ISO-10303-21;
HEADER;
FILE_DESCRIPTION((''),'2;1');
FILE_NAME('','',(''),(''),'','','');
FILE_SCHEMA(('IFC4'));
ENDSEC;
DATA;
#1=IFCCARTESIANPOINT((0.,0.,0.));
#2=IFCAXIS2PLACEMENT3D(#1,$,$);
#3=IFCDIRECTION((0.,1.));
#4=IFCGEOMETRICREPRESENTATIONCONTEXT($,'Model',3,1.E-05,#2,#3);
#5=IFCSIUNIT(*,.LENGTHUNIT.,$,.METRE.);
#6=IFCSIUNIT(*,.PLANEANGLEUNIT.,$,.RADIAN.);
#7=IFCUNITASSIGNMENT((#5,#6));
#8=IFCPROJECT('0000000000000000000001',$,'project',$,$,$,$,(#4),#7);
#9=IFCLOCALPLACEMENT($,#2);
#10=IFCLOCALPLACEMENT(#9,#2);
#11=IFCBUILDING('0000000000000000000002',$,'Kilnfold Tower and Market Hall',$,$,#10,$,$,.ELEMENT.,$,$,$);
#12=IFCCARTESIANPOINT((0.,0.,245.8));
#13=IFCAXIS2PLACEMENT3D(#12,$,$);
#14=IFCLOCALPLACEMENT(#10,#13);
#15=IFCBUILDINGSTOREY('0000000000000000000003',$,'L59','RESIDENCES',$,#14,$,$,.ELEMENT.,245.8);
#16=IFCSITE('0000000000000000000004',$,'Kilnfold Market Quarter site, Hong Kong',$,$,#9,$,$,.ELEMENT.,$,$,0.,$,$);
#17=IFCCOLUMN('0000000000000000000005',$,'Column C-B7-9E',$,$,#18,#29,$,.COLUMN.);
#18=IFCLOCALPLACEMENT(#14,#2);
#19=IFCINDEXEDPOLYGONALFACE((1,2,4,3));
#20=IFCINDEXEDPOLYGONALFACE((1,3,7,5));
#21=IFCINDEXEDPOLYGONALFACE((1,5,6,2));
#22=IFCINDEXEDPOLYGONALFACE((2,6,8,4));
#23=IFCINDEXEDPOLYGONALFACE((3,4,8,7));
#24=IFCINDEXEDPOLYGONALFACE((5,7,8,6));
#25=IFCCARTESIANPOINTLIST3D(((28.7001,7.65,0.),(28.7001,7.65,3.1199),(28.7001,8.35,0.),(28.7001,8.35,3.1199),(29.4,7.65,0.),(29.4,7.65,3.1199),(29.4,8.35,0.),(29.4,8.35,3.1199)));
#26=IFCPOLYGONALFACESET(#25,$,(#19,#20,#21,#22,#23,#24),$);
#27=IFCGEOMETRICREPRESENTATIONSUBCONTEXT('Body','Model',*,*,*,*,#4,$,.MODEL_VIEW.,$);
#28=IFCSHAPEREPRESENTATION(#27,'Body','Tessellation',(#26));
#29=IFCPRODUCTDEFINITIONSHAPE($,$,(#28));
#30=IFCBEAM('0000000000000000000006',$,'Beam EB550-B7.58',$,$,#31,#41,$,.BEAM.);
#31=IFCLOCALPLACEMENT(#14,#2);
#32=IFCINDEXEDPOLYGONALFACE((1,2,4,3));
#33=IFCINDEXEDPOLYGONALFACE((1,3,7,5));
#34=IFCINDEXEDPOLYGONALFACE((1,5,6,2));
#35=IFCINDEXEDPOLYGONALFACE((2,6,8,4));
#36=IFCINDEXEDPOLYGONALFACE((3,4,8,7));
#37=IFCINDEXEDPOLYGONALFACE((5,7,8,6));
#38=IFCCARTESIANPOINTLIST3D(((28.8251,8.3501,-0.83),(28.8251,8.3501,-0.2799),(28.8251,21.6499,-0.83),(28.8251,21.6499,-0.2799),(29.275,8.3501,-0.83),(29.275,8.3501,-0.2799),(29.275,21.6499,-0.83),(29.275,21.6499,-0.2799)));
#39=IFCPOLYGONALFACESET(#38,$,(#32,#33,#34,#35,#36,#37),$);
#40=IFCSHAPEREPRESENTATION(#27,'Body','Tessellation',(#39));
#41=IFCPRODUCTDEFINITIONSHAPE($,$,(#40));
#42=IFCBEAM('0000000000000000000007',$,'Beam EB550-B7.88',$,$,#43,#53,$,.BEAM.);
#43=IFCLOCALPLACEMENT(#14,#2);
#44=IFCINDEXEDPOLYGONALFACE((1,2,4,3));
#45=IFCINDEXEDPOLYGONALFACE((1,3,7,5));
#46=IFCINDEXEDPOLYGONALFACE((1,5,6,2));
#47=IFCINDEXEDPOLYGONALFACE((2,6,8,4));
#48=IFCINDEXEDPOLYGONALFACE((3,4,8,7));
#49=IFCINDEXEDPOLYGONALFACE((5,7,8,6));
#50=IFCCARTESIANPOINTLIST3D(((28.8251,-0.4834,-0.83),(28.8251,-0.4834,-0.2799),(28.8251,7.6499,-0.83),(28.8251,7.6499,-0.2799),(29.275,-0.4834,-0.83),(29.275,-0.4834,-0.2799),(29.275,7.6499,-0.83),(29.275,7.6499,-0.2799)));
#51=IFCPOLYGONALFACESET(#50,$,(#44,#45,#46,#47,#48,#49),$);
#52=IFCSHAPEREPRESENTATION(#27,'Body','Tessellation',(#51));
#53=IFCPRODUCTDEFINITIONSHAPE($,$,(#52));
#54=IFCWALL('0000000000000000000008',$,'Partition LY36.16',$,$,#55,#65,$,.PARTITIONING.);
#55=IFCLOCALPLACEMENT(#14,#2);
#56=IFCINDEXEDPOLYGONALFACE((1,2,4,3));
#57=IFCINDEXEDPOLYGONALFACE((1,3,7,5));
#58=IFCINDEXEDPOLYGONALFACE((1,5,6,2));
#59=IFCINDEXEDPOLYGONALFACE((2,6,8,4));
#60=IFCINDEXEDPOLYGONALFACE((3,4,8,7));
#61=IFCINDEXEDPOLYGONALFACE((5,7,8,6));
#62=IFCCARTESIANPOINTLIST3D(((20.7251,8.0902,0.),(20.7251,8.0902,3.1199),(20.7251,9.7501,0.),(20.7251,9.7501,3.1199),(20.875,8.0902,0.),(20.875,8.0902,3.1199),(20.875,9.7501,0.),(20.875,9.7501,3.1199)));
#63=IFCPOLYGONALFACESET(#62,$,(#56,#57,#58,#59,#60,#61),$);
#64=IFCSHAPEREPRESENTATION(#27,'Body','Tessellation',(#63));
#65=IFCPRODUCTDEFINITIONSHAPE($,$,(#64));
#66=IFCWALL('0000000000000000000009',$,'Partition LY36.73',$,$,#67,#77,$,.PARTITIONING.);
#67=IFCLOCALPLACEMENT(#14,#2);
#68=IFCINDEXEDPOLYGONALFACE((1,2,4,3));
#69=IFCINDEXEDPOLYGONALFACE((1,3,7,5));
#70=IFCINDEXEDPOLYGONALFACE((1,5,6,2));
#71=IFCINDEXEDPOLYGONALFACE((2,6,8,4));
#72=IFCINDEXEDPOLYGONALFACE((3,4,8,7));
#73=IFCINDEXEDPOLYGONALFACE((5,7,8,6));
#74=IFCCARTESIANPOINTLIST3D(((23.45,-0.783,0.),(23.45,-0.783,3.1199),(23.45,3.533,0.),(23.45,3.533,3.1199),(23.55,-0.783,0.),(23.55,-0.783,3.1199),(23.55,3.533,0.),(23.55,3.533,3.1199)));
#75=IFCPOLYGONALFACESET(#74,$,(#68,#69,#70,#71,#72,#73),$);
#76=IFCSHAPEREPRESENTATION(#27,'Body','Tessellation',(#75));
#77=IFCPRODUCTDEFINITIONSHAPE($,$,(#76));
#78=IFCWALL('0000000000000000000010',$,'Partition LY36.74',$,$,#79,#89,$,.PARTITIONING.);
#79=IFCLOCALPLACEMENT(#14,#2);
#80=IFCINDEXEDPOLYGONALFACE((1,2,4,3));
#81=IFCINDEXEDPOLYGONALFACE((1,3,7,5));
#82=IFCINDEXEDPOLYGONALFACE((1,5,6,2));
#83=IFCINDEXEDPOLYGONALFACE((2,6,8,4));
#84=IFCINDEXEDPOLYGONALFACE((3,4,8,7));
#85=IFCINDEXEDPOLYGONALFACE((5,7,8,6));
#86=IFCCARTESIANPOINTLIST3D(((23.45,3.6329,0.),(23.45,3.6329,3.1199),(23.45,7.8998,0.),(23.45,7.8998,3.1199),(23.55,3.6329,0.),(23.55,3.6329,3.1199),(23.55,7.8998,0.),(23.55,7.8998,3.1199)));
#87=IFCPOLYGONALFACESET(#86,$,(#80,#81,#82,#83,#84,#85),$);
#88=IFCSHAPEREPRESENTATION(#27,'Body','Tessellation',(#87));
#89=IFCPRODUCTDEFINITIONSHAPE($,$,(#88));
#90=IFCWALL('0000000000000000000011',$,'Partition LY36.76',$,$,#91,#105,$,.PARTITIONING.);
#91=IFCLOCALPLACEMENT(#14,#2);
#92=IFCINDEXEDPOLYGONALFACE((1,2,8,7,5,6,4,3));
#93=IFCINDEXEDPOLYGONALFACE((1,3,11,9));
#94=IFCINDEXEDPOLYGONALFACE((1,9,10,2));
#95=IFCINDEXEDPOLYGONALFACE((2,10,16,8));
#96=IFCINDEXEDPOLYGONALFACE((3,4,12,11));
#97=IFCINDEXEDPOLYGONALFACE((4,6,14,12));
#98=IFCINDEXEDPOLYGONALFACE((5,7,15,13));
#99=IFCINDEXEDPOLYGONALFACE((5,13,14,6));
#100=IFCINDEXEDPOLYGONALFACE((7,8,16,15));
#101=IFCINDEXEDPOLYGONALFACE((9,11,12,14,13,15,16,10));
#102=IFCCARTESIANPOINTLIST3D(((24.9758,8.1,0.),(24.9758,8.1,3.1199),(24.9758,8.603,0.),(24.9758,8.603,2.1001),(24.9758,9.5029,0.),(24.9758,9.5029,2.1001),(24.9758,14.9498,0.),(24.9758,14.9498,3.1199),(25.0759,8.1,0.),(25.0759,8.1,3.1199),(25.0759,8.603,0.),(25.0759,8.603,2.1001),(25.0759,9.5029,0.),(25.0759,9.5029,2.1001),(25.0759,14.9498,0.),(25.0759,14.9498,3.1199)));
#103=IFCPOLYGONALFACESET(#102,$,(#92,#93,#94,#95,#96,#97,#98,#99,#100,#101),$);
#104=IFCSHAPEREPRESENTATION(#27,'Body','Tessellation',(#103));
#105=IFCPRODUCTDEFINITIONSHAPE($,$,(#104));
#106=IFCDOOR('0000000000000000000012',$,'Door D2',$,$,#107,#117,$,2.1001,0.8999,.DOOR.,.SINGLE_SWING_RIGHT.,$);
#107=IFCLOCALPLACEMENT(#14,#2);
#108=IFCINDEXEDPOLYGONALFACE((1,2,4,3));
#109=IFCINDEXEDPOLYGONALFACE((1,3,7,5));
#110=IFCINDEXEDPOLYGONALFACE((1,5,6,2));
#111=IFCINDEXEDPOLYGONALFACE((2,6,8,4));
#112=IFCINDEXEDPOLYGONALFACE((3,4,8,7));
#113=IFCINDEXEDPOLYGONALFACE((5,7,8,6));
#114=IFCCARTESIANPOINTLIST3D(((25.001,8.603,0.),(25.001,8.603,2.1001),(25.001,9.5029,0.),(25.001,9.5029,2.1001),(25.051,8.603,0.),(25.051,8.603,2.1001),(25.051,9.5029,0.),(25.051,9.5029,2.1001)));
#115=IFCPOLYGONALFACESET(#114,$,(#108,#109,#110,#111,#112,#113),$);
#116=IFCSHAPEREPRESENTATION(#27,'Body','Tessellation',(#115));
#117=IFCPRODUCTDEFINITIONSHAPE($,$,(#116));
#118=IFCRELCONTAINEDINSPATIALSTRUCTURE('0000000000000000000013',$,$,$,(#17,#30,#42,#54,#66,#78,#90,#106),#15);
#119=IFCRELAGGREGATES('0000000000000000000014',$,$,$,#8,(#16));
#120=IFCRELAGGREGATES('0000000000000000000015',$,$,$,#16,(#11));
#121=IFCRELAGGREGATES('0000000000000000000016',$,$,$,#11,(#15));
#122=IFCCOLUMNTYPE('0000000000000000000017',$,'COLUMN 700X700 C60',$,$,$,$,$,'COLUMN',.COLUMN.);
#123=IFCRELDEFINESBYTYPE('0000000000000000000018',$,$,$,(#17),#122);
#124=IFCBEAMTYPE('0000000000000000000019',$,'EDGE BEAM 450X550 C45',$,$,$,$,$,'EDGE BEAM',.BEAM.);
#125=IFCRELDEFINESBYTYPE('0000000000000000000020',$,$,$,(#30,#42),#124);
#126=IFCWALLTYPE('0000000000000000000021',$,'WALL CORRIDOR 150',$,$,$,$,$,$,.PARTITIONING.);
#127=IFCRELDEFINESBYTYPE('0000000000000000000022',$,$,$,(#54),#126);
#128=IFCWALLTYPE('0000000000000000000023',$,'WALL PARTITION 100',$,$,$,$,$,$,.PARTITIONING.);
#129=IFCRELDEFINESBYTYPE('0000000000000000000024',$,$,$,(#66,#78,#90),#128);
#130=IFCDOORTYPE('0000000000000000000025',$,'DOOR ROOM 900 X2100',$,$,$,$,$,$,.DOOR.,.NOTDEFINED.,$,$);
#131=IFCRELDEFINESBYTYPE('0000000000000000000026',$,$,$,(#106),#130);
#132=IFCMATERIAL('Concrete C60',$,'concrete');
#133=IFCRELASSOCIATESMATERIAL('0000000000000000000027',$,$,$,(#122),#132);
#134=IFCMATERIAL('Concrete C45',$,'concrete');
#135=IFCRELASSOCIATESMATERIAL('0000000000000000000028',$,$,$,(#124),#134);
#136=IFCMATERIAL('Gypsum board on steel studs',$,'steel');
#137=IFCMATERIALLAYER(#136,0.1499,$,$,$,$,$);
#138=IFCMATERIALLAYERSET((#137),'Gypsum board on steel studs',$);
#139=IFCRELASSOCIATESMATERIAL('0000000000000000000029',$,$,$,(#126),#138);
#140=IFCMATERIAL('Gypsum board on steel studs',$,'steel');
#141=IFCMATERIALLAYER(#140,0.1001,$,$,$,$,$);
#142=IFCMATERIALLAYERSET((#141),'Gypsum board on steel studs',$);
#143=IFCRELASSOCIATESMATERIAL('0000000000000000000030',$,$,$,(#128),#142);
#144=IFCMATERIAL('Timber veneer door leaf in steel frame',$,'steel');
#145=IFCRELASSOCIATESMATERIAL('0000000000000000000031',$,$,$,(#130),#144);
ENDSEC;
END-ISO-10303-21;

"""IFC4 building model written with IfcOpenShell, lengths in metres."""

from ifc_helpers import new_model, si_unit, direction, frame, frame_2d, origin, origin_2d, place, context, subcontext, project, spatial, rectangle, extrude, source, transform, mapped, material, layer, layer_set, material_profile, profile_set, type_object, element, fill, save


model = new_model("IFC4")

# Units and contexts
model_context = context("Model", 3, precision=1e-05, world=origin(), true_north=direction((0.0, 1.0)))
body_context = subcontext(model_context, "Body", "Model", "MODEL_VIEW")
ifc_project = project(units=[si_unit("LENGTHUNIT", "METRE"), si_unit("PLANEANGLEUNIT", "RADIAN")], contexts=[model_context])

# Site, building, storey
site_placement = place(None, origin())
site = spatial("IfcSite", under=ifc_project, at=site_placement, Name="Kilnfold Market Quarter site, Hong Kong", CompositionType="ELEMENT", RefElevation=0.0)
building_placement = place(site_placement, origin())
building = spatial("IfcBuilding", under=site, at=building_placement, Name="Kilnfold Tower and Market Hall", CompositionType="ELEMENT")
storey_placement = place(building_placement, frame((0.0, 0.0, 245.8)))
storey = spatial("IfcBuildingStorey", under=building, at=storey_placement, Name="L59", Description="RESIDENCES", CompositionType="ELEMENT", Elevation=245.8)

# Column
ifc_material_1 = material(Name="Concrete C60", Category="concrete")
ifc_material_profile_1 = material_profile(ifc_material_1, rectangle(XDim=0.7, YDim=0.7, at=origin_2d()), Name="RC 700x700")
ifc_profile_set_1 = profile_set([ifc_material_profile_1], Name="Concrete C60")
column_type = type_object("IfcColumnType", Name="COLUMN 700X700 C60", ElementType="COLUMN", PredefinedType="COLUMN", material=ifc_profile_set_1)
shared_shape_1 = source(origin(), body_context, "Body", "SweptSolid", [
    extrude(rectangle(XDim=0.7, YDim=0.7, at=origin_2d()), origin(), (0.0, 0.0, 1.0), 3.1199),
])
column_placement = place(storey_placement, frame((29.05, 8.0, 0.0), z_axis=(0.0, 0.0, 1.0), x_axis=(1.0, 0.0, 0.0)))
element("IfcColumn", 1, at=column_placement, inside=storey, type_object=column_type, Name="Column C-B7-9E", PredefinedType="COLUMN", context=body_context, shape_type="MappedRepresentation", body=[
    mapped(shared_shape_1, transform((0.0, 0.0, 0.0))),
])

# Beams
ifc_material_2 = material(Name="Concrete C45", Category="concrete")
ifc_material_profile_2 = material_profile(ifc_material_2, rectangle(XDim=0.45, YDim=0.55, at=origin_2d()), Name="RC 450x550")
ifc_profile_set_2 = profile_set([ifc_material_profile_2], Name="Concrete C45")
beam_type = type_object("IfcBeamType", Name="EDGE BEAM 450X550 C45", ElementType="EDGE BEAM", PredefinedType="BEAM", material=ifc_profile_set_2)
shared_shape_2 = source(origin(), body_context, "Body", "SweptSolid", [
    extrude(rectangle(XDim=0.45, YDim=0.55, at=origin_2d()), origin(), (0.0, 0.0, 1.0), 13.2998),
])
beam_1_placement = place(storey_placement, frame((29.05, 8.3501, -0.5549), z_axis=(0.0, 1.0, 0.0), x_axis=(-1.0, 0.0, 0.0)))
element("IfcBeam", 2, at=beam_1_placement, inside=storey, type_object=beam_type, Name="Beam EB550-B7.58", PredefinedType="BEAM", context=body_context, shape_type="MappedRepresentation", body=[
    mapped(shared_shape_2, transform((0.0, 0.0, 0.0))),
])
shared_shape_3 = source(origin(), body_context, "Body", "SweptSolid", [
    extrude(rectangle(XDim=0.45, YDim=0.55, at=origin_2d()), origin(), (0.0, 0.0, 1.0), 8.1333),
])
beam_2_placement = place(storey_placement, frame((29.05, -0.4834, -0.5549), z_axis=(0.0, 1.0, 0.0), x_axis=(-1.0, 0.0, 0.0)))
element("IfcBeam", 3, at=beam_2_placement, inside=storey, type_object=beam_type, Name="Beam EB550-B7.88", PredefinedType="BEAM", context=body_context, shape_type="MappedRepresentation", body=[
    mapped(shared_shape_3, transform((0.0, 0.0, 0.0))),
])

# Walls
ifc_material_3 = material(Name="Gypsum board on steel studs", Category="steel")
ifc_layer_1 = layer(ifc_material_3, 0.1499)
ifc_layer_set_1 = layer_set([ifc_layer_1], Name="Gypsum board on steel studs")
wall_type_1 = type_object("IfcWallType", Name="WALL CORRIDOR 150", PredefinedType="PARTITIONING", material=ifc_layer_set_1)
wall_1_placement = place(storey_placement, frame((20.8, 8.0901, 0.0), z_axis=(0.0, 0.0, 1.0), x_axis=(0.0, 1.0, 0.0)))
element("IfcWall", 4, at=wall_1_placement, inside=storey, type_object=wall_type_1, Name="Partition LY36.16", PredefinedType="PARTITIONING", context=body_context, shape_type="SweptSolid", body=[
    extrude(rectangle(XDim=1.6599, YDim=0.1499, at=frame_2d((0.8301, 0.0))), origin(), (0.0, 0.0, 1.0), 3.1199),
])
ifc_material_4 = material(Name="Gypsum board on steel studs", Category="steel")
ifc_layer_2 = layer(ifc_material_4, 0.1001)
ifc_layer_set_2 = layer_set([ifc_layer_2], Name="Gypsum board on steel studs")
wall_type_2 = type_object("IfcWallType", Name="WALL PARTITION 100", PredefinedType="PARTITIONING", material=ifc_layer_set_2)
wall_2_placement = place(storey_placement, frame((23.5, -0.783, 0.0), z_axis=(0.0, 0.0, 1.0), x_axis=(0.0, 1.0, 0.0)))
element("IfcWall", 5, at=wall_2_placement, inside=storey, type_object=wall_type_2, Name="Partition LY36.73", PredefinedType="PARTITIONING", context=body_context, shape_type="SweptSolid", body=[
    extrude(rectangle(XDim=4.3159, YDim=0.1001, at=frame_2d((2.158, 0.0))), origin(), (0.0, 0.0, 1.0), 3.1199),
])
wall_3_placement = place(storey_placement, frame((23.5, 3.6331, 0.0), z_axis=(0.0, 0.0, 1.0), x_axis=(0.0, 1.0, 0.0)))
element("IfcWall", 6, at=wall_3_placement, inside=storey, type_object=wall_type_2, Name="Partition LY36.74", PredefinedType="PARTITIONING", context=body_context, shape_type="SweptSolid", body=[
    extrude(rectangle(XDim=4.2668, YDim=0.1001, at=frame_2d((2.1333, 0.0))), origin(), (0.0, 0.0, 1.0), 3.1199),
])

# Wall, opening, door
wall_4_placement = place(storey_placement, frame((25.0259, 8.1001, 0.0), z_axis=(0.0, 0.0, 1.0), x_axis=(0.0, 1.0, 0.0)))
wall_4 = element("IfcWall", 7, at=wall_4_placement, inside=storey, type_object=wall_type_2, Name="Partition LY36.76", PredefinedType="PARTITIONING", context=body_context, shape_type="SweptSolid", body=[
    extrude(rectangle(XDim=6.8499, YDim=0.1001, at=frame_2d((3.4248, 0.0))), origin(), (0.0, 0.0, 1.0), 3.1199),
])
opening_1_placement = place(wall_4_placement, frame((0.5029, 0.0, 0.0)))
opening_1 = element("IfcOpeningElement", 8, at=opening_1_placement, cuts=wall_4, PredefinedType="OPENING", context=body_context, shape_type="SweptSolid", body=[
    extrude(rectangle(XDim=0.8999, YDim=2.1001, at=frame_2d((0.45, 1.05))), frame((0.0, 0.0601, 0.0), z_axis=(0.0, -1.0, 0.0), x_axis=(1.0, 0.0, 0.0)), (0.0, 0.0, 1.0), 0.1201),
])
ifc_material_5 = material(Name="Timber veneer door leaf in steel frame", Category="steel")
door_type_1 = type_object("IfcDoorType", Name="DOOR ROOM 900 X2100", OperationType="NOTDEFINED", PredefinedType="DOOR", material=ifc_material_5)
door_1_placement = place(opening_1_placement, origin())
door_1 = element("IfcDoor", 9, at=door_1_placement, inside=storey, type_object=door_type_1, Name="Door D2", OperationType="SINGLE_SWING_RIGHT", OverallHeight=2.1001, OverallWidth=0.8999, PredefinedType="DOOR", context=body_context, shape_type="SweptSolid", body=[
    extrude(rectangle(XDim=0.8999, YDim=2.1001, at=frame_2d((0.45, 1.05))), frame((0.0, 0.0249, 0.0), z_axis=(0.0, -1.0, 0.0), x_axis=(1.0, 0.0, 0.0)), (0.0, 0.0, 1.0), 0.05),
])
fill(opening_1, door_1)

save(model, "model.ifc")
